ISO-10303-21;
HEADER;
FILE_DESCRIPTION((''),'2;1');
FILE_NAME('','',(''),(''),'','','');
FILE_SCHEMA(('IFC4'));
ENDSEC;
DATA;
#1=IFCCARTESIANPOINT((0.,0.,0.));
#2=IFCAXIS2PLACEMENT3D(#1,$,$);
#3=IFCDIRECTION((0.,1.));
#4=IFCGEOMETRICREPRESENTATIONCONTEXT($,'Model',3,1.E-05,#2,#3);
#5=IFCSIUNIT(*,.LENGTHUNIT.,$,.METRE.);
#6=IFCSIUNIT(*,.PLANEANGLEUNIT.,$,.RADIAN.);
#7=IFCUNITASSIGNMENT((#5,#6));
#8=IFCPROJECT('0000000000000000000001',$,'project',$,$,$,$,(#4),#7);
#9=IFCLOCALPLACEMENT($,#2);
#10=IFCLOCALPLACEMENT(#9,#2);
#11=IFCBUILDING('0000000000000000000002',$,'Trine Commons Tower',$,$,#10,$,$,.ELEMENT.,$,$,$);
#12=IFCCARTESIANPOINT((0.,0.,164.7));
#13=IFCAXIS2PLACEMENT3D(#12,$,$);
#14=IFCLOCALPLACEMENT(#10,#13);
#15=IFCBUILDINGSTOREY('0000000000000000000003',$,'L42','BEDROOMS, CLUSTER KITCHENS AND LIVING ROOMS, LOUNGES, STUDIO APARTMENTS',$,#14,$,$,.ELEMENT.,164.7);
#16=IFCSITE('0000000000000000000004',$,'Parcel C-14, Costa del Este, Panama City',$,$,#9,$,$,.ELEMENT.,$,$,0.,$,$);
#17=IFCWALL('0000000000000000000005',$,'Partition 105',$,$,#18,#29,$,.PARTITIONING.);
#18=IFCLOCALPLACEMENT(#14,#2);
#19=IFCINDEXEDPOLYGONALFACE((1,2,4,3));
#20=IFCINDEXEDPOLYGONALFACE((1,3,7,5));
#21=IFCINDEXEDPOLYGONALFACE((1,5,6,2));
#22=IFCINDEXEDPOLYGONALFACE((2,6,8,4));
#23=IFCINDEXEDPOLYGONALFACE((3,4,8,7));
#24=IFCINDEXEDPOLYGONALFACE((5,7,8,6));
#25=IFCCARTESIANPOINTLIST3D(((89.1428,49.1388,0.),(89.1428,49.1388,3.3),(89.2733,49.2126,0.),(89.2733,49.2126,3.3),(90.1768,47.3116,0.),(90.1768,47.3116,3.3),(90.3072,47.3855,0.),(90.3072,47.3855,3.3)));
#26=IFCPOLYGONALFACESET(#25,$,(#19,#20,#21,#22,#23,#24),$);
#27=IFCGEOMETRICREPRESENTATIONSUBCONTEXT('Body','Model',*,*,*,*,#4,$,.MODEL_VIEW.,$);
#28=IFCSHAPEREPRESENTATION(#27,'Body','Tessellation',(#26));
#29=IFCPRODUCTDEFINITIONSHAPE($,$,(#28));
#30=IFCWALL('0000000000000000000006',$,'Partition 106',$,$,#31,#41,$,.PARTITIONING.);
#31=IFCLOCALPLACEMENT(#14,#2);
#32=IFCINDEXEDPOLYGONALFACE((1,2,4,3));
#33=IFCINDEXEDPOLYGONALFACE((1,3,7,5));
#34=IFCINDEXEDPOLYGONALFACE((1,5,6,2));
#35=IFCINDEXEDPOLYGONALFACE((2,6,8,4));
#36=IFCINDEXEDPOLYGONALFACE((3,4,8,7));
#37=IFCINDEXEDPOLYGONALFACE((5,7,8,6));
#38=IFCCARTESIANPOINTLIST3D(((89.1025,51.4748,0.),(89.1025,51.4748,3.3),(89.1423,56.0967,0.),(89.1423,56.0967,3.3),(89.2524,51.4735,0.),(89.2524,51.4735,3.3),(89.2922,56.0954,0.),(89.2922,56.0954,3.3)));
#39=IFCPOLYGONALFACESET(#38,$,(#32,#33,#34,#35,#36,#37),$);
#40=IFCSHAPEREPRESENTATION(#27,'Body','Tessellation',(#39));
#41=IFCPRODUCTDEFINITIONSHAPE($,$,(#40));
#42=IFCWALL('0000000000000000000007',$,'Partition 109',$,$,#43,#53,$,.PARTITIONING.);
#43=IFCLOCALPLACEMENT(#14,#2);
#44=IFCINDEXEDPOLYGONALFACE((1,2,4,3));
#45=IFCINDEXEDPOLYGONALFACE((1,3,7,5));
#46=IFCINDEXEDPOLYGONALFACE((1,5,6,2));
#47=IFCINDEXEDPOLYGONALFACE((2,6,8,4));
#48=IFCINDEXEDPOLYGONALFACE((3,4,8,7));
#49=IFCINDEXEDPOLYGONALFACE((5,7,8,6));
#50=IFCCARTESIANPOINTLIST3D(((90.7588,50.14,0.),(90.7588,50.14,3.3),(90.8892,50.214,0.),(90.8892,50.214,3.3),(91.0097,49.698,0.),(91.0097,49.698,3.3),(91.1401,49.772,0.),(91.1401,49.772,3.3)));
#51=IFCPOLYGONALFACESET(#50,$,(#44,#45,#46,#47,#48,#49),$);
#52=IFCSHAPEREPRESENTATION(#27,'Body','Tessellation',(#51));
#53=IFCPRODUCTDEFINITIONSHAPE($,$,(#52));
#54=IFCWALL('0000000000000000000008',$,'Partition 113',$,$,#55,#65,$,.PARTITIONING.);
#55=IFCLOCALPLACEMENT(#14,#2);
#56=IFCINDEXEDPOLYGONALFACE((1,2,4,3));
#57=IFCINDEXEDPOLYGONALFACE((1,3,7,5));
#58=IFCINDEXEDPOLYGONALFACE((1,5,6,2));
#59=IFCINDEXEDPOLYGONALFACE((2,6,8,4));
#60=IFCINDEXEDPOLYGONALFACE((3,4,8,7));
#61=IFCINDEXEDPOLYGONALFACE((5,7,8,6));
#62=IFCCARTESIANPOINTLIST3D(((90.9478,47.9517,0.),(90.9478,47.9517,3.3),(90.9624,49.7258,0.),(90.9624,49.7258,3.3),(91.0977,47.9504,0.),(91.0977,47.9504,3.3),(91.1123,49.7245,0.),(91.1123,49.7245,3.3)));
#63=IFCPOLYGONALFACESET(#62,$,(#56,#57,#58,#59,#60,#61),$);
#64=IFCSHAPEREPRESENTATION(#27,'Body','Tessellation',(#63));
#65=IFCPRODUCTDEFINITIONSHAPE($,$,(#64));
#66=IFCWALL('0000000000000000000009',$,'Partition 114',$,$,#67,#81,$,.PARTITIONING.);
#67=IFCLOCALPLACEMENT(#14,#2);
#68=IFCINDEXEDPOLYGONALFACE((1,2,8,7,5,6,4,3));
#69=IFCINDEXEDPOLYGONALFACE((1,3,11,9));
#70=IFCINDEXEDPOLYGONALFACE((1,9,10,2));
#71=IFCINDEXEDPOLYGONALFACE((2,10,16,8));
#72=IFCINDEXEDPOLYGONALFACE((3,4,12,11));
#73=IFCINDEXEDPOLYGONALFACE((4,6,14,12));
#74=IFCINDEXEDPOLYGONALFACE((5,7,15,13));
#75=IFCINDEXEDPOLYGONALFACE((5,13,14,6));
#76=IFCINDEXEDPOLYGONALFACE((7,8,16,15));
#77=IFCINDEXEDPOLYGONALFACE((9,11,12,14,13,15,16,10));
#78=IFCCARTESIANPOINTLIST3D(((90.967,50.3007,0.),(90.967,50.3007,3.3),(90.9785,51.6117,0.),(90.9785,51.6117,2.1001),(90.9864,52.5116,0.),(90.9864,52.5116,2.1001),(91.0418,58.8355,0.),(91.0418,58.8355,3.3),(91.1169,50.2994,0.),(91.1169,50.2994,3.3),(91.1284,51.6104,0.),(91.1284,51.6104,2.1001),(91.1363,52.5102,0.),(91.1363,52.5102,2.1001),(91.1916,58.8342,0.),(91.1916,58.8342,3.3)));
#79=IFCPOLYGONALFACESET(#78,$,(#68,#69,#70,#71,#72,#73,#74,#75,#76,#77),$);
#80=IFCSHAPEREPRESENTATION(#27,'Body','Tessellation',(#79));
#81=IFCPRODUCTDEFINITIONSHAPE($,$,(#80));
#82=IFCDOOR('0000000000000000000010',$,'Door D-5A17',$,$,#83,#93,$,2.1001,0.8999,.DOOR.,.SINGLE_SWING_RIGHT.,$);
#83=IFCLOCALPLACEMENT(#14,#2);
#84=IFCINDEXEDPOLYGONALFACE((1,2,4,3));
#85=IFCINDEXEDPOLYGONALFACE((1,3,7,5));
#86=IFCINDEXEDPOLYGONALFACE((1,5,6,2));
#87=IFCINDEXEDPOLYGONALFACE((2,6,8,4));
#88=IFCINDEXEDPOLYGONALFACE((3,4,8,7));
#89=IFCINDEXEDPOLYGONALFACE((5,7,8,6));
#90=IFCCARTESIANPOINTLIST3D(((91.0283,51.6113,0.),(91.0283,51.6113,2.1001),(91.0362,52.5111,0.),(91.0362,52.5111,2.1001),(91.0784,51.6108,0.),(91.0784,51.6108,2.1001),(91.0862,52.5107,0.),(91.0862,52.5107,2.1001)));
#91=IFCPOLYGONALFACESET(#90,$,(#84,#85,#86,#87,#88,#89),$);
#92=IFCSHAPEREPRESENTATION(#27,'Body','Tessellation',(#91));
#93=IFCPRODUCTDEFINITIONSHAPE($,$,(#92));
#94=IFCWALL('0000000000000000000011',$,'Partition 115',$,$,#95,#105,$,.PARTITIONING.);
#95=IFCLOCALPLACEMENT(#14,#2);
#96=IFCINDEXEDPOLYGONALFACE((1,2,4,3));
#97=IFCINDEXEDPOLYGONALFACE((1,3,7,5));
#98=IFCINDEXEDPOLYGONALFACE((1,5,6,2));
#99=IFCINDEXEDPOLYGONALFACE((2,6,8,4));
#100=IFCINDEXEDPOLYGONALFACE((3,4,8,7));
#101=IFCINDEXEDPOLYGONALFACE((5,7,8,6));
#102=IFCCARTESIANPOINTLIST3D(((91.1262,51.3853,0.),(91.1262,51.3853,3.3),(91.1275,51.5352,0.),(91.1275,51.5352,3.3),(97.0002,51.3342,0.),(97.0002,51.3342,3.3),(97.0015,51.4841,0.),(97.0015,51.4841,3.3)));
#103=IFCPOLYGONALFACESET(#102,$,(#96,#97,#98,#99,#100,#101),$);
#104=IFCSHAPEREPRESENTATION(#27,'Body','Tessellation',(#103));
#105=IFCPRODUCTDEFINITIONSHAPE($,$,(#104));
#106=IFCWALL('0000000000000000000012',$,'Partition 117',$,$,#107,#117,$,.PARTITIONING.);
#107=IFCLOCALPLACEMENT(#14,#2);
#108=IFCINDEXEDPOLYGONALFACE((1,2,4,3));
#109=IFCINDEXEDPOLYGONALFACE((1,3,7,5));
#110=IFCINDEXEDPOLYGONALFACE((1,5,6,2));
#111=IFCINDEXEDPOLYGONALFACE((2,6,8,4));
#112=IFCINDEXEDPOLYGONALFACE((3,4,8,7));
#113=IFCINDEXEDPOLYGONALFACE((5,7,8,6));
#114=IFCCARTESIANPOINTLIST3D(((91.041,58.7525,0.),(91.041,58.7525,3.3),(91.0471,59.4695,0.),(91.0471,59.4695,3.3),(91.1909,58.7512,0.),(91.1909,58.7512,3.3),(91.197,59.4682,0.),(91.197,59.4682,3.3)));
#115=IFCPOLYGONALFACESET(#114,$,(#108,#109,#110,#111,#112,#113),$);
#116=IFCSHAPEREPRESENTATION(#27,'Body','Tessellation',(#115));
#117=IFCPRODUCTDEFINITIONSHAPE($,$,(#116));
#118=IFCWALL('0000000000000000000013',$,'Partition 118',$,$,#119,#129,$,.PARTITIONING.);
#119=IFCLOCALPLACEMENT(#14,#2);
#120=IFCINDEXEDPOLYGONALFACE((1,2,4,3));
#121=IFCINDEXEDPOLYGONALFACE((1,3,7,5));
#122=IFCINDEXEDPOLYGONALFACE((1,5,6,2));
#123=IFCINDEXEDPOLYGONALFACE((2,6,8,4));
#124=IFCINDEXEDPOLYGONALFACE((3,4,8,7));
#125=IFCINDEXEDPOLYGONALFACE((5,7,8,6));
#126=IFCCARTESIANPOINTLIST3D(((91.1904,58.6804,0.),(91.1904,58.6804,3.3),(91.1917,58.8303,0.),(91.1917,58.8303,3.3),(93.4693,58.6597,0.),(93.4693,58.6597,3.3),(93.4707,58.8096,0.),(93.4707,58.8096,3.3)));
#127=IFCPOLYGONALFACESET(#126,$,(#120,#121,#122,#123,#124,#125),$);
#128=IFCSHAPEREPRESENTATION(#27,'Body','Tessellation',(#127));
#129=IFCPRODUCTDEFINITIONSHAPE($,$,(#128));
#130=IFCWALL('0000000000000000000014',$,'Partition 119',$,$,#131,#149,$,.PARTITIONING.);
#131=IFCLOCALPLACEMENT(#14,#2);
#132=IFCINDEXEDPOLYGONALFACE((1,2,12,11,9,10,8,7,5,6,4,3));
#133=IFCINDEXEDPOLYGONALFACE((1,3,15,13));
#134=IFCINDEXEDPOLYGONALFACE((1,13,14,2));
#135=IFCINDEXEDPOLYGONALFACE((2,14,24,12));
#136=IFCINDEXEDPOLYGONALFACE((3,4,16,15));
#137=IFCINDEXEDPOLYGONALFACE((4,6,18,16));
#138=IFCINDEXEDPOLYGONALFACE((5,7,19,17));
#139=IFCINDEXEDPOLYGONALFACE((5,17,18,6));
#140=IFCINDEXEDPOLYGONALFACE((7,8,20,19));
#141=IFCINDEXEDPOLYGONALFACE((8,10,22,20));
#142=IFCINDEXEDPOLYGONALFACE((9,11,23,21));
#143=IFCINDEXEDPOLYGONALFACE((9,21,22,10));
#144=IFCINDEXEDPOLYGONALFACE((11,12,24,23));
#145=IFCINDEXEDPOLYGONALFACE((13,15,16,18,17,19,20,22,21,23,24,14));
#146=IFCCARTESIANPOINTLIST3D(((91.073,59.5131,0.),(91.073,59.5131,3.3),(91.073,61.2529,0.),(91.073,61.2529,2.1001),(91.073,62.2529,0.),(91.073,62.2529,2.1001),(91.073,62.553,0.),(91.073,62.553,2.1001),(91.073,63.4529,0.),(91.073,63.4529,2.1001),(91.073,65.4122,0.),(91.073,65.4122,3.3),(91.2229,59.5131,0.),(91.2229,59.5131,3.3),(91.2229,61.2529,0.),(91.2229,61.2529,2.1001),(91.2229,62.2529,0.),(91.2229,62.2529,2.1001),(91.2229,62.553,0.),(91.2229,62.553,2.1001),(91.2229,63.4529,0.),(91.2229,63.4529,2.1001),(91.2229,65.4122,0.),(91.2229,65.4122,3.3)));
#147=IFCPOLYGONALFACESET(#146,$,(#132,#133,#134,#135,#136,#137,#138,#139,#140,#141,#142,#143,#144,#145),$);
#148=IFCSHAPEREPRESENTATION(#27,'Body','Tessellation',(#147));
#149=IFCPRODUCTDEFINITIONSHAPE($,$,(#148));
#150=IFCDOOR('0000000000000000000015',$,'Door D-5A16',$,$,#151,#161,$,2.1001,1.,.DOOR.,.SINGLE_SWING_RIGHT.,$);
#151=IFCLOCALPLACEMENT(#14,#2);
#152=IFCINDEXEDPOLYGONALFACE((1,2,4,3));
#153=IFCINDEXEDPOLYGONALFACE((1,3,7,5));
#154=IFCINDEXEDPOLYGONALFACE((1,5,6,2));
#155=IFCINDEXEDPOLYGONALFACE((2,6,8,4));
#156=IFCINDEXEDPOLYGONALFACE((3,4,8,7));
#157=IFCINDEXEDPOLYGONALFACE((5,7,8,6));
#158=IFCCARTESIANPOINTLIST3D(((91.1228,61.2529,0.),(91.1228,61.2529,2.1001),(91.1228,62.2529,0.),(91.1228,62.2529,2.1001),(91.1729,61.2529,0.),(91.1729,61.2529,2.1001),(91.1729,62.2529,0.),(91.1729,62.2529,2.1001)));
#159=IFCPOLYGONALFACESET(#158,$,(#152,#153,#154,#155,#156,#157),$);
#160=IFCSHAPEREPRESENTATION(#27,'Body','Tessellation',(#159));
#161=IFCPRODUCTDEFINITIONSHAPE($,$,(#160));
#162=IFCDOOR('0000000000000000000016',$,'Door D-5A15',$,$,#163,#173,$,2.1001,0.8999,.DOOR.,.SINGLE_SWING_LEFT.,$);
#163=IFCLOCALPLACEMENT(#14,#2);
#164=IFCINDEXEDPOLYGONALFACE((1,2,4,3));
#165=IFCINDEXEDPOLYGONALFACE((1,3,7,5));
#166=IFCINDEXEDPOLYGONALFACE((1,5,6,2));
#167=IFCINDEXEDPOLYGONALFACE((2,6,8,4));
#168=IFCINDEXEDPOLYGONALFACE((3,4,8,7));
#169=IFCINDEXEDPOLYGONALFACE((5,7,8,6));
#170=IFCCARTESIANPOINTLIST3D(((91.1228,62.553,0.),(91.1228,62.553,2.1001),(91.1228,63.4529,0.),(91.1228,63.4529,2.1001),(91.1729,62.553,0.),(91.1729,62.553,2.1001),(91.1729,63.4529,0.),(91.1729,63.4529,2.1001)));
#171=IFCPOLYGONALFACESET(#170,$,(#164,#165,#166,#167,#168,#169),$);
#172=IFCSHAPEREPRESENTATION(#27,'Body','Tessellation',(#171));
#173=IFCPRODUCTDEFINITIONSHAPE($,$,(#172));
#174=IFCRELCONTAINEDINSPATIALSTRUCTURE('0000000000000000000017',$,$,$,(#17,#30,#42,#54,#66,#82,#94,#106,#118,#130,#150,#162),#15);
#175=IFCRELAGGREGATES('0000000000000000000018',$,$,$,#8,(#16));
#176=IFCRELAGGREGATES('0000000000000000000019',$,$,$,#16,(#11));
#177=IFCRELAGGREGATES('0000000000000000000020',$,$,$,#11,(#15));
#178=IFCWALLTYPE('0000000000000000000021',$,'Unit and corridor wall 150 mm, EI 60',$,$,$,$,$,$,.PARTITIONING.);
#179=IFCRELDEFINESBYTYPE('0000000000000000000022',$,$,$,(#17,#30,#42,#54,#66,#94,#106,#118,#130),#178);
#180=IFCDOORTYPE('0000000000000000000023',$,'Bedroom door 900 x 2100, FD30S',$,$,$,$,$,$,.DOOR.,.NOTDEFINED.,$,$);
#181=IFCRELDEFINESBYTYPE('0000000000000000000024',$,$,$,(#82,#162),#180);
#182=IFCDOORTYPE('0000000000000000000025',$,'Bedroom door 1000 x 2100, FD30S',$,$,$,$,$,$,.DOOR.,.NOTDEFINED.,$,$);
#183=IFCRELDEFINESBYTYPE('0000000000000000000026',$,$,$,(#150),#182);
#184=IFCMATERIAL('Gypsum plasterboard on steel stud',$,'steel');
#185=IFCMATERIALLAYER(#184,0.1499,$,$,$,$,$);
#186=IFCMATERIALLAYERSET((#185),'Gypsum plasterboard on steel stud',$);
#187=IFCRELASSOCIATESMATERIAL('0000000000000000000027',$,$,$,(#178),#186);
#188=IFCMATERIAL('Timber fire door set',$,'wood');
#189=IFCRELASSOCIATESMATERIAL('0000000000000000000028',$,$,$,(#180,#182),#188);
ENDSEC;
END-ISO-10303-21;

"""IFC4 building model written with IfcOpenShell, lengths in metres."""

from ifc_helpers import new_model, si_unit, direction, frame, frame_2d, origin, place, context, subcontext, project, spatial, rectangle, extrude, material, layer, layer_set, type_object, element, fill, save


model = new_model("IFC4")

# Units and contexts
model_context = context("Model", 3, precision=1e-05, world=origin(), true_north=direction((0.0, 1.0)))
body_context = subcontext(model_context, "Body", "Model", "MODEL_VIEW")
ifc_project = project(units=[si_unit("LENGTHUNIT", "METRE"), si_unit("PLANEANGLEUNIT", "RADIAN")], contexts=[model_context])

# Site, building, storey
site_placement = place(None, origin())
site = spatial("IfcSite", under=ifc_project, at=site_placement, Name="Parcel C-14, Costa del Este, Panama City", CompositionType="ELEMENT", RefElevation=0.0)
building_placement = place(site_placement, origin())
building = spatial("IfcBuilding", under=site, at=building_placement, Name="Trine Commons Tower", CompositionType="ELEMENT")
storey_placement = place(building_placement, frame((0.0, 0.0, 164.7)))
storey = spatial("IfcBuildingStorey", under=building, at=storey_placement, Name="L42", Description="BEDROOMS, CLUSTER KITCHENS AND LIVING ROOMS, LOUNGES, STUDIO APARTMENTS", CompositionType="ELEMENT", Elevation=164.7)

# Shared definitions
ifc_material_1 = material(Name="Gypsum plasterboard on steel stud", Category="steel")
ifc_layer_1 = layer(ifc_material_1, 0.1499)
ifc_layer_set_1 = layer_set([ifc_layer_1], Name="Gypsum plasterboard on steel stud")
wall_type_1 = type_object("IfcWallType", Name="Unit and corridor wall 150 mm, EI 60", PredefinedType="PARTITIONING", material=ifc_layer_set_1)

# Walls
wall_1_placement = place(storey_placement, frame((89.208, 49.1758, 0.0), z_axis=(0.0, 0.0, 1.0), x_axis=(0.49249, -0.870318, 0.0)))
element("IfcWall", 1, at=wall_1_placement, inside=storey, type_object=wall_type_1, Name="Partition 105", PredefinedType="PARTITIONING", context=body_context, shape_type="SweptSolid", body=[
    extrude(rectangle(XDim=2.0994, YDim=0.1499, at=frame_2d((1.0498, 0.0))), origin(), (0.0, 0.0, 1.0), 3.3),
])
wall_2_placement = place(storey_placement, frame((89.1775, 51.4741, 0.0), z_axis=(0.0, 0.0, 1.0), x_axis=(0.00861, 0.999963, 0.0)))
element("IfcWall", 2, at=wall_2_placement, inside=storey, type_object=wall_type_1, Name="Partition 106", PredefinedType="PARTITIONING", context=body_context, shape_type="SweptSolid", body=[
    extrude(rectangle(XDim=4.6221, YDim=0.1499, at=frame_2d((2.311, 0.0))), origin(), (0.0, 0.0, 1.0), 3.3),
])
wall_3_placement = place(storey_placement, frame((90.824, 50.177, 0.0), z_axis=(0.0, 0.0, 1.0), x_axis=(0.493655, -0.869658, 0.0)))
element("IfcWall", 3, at=wall_3_placement, inside=storey, type_object=wall_type_1, Name="Partition 109", PredefinedType="PARTITIONING", context=body_context, shape_type="SweptSolid", body=[
    extrude(rectangle(XDim=0.5083, YDim=0.1499, at=frame_2d((0.2542, 0.0))), origin(), (0.0, 0.0, 1.0), 3.3),
])
wall_4_placement = place(storey_placement, frame((91.0227, 47.9509, 0.0), z_axis=(0.0, 0.0, 1.0), x_axis=(0.008256, 0.999966, 0.0)))
element("IfcWall", 4, at=wall_4_placement, inside=storey, type_object=wall_type_1, Name="Partition 113", PredefinedType="PARTITIONING", context=body_context, shape_type="SweptSolid", body=[
    extrude(rectangle(XDim=1.7742, YDim=0.1499, at=frame_2d((0.8872, 0.0))), origin(), (0.0, 0.0, 1.0), 3.3),
])

# Wall, opening, door
wall_5_placement = place(storey_placement, frame((91.042, 50.3, 0.0), z_axis=(0.0, 0.0, 1.0), x_axis=(0.008753, 0.999962, 0.0)))
wall_5 = element("IfcWall", 5, at=wall_5_placement, inside=storey, type_object=wall_type_1, Name="Partition 114", PredefinedType="PARTITIONING", context=body_context, shape_type="SweptSolid", body=[
    extrude(rectangle(XDim=8.5352, YDim=0.1499, at=frame_2d((4.2676, 0.0))), origin(), (0.0, 0.0, 1.0), 3.3),
])
opening_1_placement = place(wall_5_placement, frame((1.311, 0.0, 0.0)))
opening_1 = element("IfcOpeningElement", 6, at=opening_1_placement, cuts=wall_5, PredefinedType="OPENING", context=body_context, shape_type="SweptSolid", body=[
    extrude(rectangle(XDim=0.8999, YDim=2.1001, at=frame_2d((0.45, 1.05))), frame((0.0, 0.085, 0.0), z_axis=(0.0, -1.0, 0.0), x_axis=(1.0, 0.0, 0.0)), (0.0, 0.0, 1.0), 0.1699),
])
ifc_material_2 = material(Name="Timber fire door set", Category="wood")
door_type_1 = type_object("IfcDoorType", Name="Bedroom door 900 x 2100, FD30S", OperationType="NOTDEFINED", PredefinedType="DOOR", material=ifc_material_2)
door_1_placement = place(opening_1_placement, frame((0.8999, 0.0, 0.0), z_axis=(0.0, 0.0, 1.0), x_axis=(-1.0, 0.0, 0.0)))
door_1 = element("IfcDoor", 7, at=door_1_placement, inside=storey, type_object=door_type_1, Name="Door D-5A17", OperationType="SINGLE_SWING_RIGHT", OverallHeight=2.1001, OverallWidth=0.8999, PredefinedType="DOOR", context=body_context, shape_type="SweptSolid", body=[
    extrude(rectangle(XDim=0.8999, YDim=2.1001, at=frame_2d((0.45, 1.05))), frame((0.0, 0.0249, 0.0), z_axis=(0.0, -1.0, 0.0), x_axis=(1.0, 0.0, 0.0)), (0.0, 0.0, 1.0), 0.05),
])
fill(opening_1, door_1)

# Walls
wall_6_placement = place(storey_placement, frame((91.127, 51.4602, 0.0), z_axis=(0.0, 0.0, 1.0), x_axis=(0.999962, -0.008686, 0.0)))
element("IfcWall", 8, at=wall_6_placement, inside=storey, type_object=wall_type_1, Name="Partition 115", PredefinedType="PARTITIONING", context=body_context, shape_type="SweptSolid", body=[
    extrude(rectangle(XDim=5.8743, YDim=0.1499, at=frame_2d((2.937, 0.0))), origin(), (0.0, 0.0, 1.0), 3.3),
])
wall_7_placement = place(storey_placement, frame((91.116, 58.752, 0.0), z_axis=(0.0, 0.0, 1.0), x_axis=(0.008512, 0.999964, 0.0)))
element("IfcWall", 9, at=wall_7_placement, inside=storey, type_object=wall_type_1, Name="Partition 117", PredefinedType="PARTITIONING", context=body_context, shape_type="SweptSolid", body=[
    extrude(rectangle(XDim=0.717, YDim=0.1499, at=frame_2d((0.3584, 0.0))), origin(), (0.0, 0.0, 1.0), 3.3),
])
wall_8_placement = place(storey_placement, frame((91.1909, 58.7554, 0.0), z_axis=(0.0, 0.0, 1.0), x_axis=(0.999959, -0.009105, 0.0)))
element("IfcWall", 10, at=wall_8_placement, inside=storey, type_object=wall_type_1, Name="Partition 118", PredefinedType="PARTITIONING", context=body_context, shape_type="SweptSolid", body=[
    extrude(rectangle(XDim=2.2791, YDim=0.1499, at=frame_2d((1.1396, 0.0))), origin(), (0.0, 0.0, 1.0), 3.3),
])

# Wall, openings, doors
wall_9_placement = place(storey_placement, frame((91.1479, 59.5129, 0.0), z_axis=(0.0, 0.0, 1.0), x_axis=(0.0, 1.0, 0.0)))
wall_9 = element("IfcWall", 11, at=wall_9_placement, inside=storey, type_object=wall_type_1, Name="Partition 119", PredefinedType="PARTITIONING", context=body_context, shape_type="SweptSolid", body=[
    extrude(rectangle(XDim=5.8992, YDim=0.1499, at=frame_2d((2.9497, 0.0))), origin(), (0.0, 0.0, 1.0), 3.3),
])
opening_2_placement = place(wall_9_placement, frame((3.04, 0.0, 0.0)))
opening_2 = element("IfcOpeningElement", 12, at=opening_2_placement, cuts=wall_9, PredefinedType="OPENING", context=body_context, shape_type="SweptSolid", body=[
    extrude(rectangle(XDim=0.8999, YDim=2.1001, at=frame_2d((0.45, 1.05))), frame((0.0, 0.085, 0.0), z_axis=(0.0, -1.0, 0.0), x_axis=(1.0, 0.0, 0.0)), (0.0, 0.0, 1.0), 0.1699),
])
opening_3_placement = place(wall_9_placement, frame((1.74, 0.0, 0.0)))
opening_3 = element("IfcOpeningElement", 13, at=opening_3_placement, cuts=wall_9, PredefinedType="OPENING", context=body_context, shape_type="SweptSolid", body=[
    extrude(rectangle(XDim=1.0, YDim=2.1001, at=frame_2d((0.5, 1.05))), frame((0.0, 0.085, 0.0), z_axis=(0.0, -1.0, 0.0), x_axis=(1.0, 0.0, 0.0)), (0.0, 0.0, 1.0), 0.1699),
])
door_type_2 = type_object("IfcDoorType", Name="Bedroom door 1000 x 2100, FD30S", OperationType="NOTDEFINED", PredefinedType="DOOR", material=ifc_material_2)
door_2_placement = place(opening_3_placement, frame((1.0, 0.0, 0.0), z_axis=(0.0, 0.0, 1.0), x_axis=(-1.0, 0.0, 0.0)))
door_2 = element("IfcDoor", 14, at=door_2_placement, inside=storey, type_object=door_type_2, Name="Door D-5A16", OperationType="SINGLE_SWING_RIGHT", OverallHeight=2.1001, OverallWidth=1.0, PredefinedType="DOOR", context=body_context, shape_type="SweptSolid", body=[
    extrude(rectangle(XDim=1.0, YDim=2.1001, at=frame_2d((0.5, 1.05))), frame((0.0, 0.0249, 0.0), z_axis=(0.0, -1.0, 0.0), x_axis=(1.0, 0.0, 0.0)), (0.0, 0.0, 1.0), 0.05),
])
fill(opening_3, door_2)
door_3_placement = place(opening_2_placement, frame((0.8999, 0.0, 0.0), z_axis=(0.0, 0.0, 1.0), x_axis=(-1.0, 0.0, 0.0)))
door_3 = element("IfcDoor", 15, at=door_3_placement, inside=storey, type_object=door_type_1, Name="Door D-5A15", OperationType="SINGLE_SWING_LEFT", OverallHeight=2.1001, OverallWidth=0.8999, PredefinedType="DOOR", context=body_context, shape_type="SweptSolid", body=[
    extrude(rectangle(XDim=0.8999, YDim=2.1001, at=frame_2d((0.45, 1.05))), frame((0.0, 0.0249, 0.0), z_axis=(0.0, -1.0, 0.0), x_axis=(1.0, 0.0, 0.0)), (0.0, 0.0, 1.0), 0.05),
])
fill(opening_2, door_3)

save(model, "model.ifc")
